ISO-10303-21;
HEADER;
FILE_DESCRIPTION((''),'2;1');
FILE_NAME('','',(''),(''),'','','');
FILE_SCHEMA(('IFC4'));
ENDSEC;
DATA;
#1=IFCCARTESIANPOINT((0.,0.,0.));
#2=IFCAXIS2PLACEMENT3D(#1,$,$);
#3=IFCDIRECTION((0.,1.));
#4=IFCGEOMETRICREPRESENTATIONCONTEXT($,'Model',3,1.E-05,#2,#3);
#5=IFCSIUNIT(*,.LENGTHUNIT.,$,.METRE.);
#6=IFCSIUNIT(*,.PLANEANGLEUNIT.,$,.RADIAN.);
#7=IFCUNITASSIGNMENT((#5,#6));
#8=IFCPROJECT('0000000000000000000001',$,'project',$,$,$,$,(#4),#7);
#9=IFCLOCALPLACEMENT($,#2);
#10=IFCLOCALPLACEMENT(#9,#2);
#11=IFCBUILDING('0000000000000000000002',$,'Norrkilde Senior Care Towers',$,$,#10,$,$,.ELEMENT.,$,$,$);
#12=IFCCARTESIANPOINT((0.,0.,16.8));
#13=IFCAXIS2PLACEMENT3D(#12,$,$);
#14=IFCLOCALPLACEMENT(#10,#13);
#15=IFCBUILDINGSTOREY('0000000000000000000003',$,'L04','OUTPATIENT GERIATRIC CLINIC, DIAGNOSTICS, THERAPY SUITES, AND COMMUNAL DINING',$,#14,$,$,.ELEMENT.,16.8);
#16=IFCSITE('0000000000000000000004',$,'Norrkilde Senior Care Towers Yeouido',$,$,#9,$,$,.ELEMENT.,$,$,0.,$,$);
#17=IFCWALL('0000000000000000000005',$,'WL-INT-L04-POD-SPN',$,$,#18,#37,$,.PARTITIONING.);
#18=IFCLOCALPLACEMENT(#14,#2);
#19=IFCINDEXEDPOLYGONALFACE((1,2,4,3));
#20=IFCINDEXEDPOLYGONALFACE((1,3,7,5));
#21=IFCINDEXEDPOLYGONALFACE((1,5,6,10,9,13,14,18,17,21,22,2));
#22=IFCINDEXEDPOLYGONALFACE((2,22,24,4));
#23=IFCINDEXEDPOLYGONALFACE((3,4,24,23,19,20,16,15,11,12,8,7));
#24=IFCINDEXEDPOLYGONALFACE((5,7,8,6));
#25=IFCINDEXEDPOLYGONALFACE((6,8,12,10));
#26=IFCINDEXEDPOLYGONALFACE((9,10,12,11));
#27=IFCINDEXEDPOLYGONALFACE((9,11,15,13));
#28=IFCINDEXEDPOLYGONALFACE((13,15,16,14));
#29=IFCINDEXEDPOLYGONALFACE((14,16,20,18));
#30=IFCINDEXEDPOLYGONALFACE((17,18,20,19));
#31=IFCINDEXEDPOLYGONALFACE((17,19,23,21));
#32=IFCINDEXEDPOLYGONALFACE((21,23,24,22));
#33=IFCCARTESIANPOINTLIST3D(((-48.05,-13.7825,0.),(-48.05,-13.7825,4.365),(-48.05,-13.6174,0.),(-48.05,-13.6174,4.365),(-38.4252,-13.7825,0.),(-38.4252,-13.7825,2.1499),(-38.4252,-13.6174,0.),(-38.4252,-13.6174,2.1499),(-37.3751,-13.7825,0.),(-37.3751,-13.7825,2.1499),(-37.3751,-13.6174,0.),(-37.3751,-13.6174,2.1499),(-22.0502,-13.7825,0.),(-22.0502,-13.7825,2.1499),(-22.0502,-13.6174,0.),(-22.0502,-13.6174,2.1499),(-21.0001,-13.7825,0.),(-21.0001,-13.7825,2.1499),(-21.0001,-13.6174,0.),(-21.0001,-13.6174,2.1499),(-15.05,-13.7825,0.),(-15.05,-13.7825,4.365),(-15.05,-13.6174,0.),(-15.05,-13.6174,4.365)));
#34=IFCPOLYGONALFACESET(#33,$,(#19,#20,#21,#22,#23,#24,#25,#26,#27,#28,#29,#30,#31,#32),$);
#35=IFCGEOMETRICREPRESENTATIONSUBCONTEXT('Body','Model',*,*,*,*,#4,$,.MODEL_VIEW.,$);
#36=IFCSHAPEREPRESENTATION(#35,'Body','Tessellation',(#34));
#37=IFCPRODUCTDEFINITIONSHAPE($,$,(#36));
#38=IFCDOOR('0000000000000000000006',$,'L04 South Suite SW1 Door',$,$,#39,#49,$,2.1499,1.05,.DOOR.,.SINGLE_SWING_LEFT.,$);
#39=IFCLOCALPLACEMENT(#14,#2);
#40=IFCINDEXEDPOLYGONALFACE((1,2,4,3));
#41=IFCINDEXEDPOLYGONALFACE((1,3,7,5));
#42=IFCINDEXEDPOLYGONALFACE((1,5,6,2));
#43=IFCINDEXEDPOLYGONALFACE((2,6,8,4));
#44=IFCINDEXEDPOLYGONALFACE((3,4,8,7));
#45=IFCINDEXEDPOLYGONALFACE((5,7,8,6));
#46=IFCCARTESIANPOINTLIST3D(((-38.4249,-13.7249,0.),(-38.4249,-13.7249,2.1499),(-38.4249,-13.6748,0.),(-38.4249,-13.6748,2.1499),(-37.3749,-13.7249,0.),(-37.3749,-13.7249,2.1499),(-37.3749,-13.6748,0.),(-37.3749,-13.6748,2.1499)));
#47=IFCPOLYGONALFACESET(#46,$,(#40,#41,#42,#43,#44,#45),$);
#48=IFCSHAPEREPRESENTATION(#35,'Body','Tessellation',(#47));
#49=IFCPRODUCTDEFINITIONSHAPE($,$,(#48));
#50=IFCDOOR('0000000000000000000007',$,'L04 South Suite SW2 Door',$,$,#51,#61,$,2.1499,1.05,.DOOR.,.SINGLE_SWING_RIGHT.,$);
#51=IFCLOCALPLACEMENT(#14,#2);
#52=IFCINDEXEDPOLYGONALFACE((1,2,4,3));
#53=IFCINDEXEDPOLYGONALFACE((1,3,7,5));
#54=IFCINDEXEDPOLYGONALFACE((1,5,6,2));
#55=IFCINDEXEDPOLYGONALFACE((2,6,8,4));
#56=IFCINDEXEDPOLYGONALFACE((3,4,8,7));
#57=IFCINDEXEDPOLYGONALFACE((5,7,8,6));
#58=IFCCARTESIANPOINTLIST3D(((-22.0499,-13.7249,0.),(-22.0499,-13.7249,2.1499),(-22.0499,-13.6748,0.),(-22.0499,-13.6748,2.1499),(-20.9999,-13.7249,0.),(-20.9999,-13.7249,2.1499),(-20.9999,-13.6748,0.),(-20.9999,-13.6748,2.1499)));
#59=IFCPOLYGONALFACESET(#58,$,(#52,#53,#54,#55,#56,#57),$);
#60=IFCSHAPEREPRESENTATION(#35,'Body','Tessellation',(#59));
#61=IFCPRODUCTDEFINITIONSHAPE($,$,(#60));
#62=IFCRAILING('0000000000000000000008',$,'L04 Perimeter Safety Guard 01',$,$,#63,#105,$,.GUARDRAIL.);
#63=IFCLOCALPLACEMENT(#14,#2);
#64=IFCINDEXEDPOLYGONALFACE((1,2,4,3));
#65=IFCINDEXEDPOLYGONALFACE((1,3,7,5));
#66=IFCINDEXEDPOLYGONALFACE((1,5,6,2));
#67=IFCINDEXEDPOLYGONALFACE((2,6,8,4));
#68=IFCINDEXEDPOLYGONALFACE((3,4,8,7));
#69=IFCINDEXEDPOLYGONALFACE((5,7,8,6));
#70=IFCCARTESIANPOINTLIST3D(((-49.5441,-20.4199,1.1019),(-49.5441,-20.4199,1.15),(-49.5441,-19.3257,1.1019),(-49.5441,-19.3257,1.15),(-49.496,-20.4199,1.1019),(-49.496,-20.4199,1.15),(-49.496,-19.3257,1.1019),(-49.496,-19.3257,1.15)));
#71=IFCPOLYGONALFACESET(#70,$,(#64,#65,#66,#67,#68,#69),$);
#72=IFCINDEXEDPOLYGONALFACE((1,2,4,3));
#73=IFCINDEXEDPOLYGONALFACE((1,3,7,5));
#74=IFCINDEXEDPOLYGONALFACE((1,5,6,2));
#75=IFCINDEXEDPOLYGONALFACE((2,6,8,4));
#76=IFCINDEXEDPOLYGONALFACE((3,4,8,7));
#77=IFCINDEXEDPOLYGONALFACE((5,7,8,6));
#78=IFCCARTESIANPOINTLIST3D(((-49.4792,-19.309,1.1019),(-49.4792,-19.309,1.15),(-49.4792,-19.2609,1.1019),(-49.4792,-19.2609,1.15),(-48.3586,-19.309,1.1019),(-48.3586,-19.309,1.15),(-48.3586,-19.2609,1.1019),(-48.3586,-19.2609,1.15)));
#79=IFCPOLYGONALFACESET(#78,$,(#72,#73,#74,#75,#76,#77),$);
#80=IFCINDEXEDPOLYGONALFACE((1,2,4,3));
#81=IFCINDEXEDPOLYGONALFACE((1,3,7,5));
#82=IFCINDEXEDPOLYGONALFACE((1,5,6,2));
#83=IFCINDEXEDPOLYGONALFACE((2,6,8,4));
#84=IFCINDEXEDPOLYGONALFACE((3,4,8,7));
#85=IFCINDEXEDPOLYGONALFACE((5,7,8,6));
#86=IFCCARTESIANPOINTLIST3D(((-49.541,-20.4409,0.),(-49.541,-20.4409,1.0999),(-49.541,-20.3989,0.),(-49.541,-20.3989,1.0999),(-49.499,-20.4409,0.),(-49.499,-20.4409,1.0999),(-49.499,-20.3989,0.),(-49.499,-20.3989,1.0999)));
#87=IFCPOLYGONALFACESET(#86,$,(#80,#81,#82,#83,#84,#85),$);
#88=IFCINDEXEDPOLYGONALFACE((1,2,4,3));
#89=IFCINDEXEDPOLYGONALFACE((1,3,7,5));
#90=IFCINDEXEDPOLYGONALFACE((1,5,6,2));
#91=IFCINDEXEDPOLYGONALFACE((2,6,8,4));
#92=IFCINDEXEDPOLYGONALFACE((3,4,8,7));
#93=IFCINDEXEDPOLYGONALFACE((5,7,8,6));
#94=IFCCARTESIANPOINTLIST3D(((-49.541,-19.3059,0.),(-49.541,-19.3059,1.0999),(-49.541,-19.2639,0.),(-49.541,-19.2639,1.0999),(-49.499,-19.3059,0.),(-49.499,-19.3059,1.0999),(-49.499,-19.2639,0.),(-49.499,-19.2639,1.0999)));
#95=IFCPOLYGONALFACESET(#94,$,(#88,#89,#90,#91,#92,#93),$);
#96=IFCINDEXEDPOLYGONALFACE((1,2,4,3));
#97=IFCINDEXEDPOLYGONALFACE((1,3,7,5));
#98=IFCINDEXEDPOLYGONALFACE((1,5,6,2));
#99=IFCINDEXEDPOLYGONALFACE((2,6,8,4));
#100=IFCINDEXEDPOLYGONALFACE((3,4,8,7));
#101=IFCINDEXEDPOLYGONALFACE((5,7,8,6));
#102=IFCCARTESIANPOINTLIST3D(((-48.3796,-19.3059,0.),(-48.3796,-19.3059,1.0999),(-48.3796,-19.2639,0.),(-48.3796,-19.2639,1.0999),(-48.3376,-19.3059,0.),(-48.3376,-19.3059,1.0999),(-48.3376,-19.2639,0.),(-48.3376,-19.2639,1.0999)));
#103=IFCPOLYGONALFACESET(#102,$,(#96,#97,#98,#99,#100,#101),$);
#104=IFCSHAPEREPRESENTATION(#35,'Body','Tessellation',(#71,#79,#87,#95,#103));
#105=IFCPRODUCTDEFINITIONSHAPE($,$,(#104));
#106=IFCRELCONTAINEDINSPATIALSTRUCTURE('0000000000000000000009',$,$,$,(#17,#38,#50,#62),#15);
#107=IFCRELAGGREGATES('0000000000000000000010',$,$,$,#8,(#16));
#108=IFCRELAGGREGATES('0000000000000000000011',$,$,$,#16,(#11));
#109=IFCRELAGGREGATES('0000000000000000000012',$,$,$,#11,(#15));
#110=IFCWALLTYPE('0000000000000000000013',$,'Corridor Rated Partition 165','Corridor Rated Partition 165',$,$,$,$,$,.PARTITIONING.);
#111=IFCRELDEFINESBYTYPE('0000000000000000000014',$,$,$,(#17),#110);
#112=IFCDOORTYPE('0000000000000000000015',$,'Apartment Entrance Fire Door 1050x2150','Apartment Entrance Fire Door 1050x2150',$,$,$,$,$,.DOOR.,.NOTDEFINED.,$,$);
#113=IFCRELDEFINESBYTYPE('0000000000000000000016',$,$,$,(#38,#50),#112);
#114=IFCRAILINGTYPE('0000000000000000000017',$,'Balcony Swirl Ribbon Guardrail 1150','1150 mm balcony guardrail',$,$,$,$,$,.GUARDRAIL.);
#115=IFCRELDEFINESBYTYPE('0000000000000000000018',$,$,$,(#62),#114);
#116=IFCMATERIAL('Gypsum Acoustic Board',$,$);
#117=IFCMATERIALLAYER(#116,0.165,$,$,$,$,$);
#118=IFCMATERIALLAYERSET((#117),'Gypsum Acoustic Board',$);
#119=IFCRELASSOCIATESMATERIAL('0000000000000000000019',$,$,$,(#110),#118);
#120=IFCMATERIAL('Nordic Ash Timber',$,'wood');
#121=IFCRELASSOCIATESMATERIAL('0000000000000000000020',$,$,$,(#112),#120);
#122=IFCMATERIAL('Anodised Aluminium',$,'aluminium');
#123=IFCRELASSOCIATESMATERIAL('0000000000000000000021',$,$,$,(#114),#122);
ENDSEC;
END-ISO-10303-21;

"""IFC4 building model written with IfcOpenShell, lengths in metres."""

from ifc_helpers import new_model, si_unit, direction, frame, frame_2d, origin, origin_2d, place, context, subcontext, project, spatial, rectangle, extrude, source, transform, mapped, material, layer, layer_set, type_object, type_shapes, element, fill, save


model = new_model("IFC4")

# Units and contexts
model_context = context("Model", 3, precision=1e-05, world=origin(), true_north=direction((0.0, 1.0)))
body_context = subcontext(model_context, "Body", "Model", "MODEL_VIEW")
ifc_project = project(units=[si_unit("LENGTHUNIT", "METRE"), si_unit("PLANEANGLEUNIT", "RADIAN")], contexts=[model_context])

# Site, building, storey
site_placement = place(None, origin())
site = spatial("IfcSite", under=ifc_project, at=site_placement, Name="Norrkilde Senior Care Towers Yeouido", CompositionType="ELEMENT", RefElevation=0.0)
building_placement = place(site_placement, origin())
building = spatial("IfcBuilding", under=site, at=building_placement, Name="Norrkilde Senior Care Towers", CompositionType="ELEMENT")
storey_placement = place(building_placement, frame((0.0, 0.0, 16.8)))
storey = spatial("IfcBuildingStorey", under=building, at=storey_placement, Name="L04", Description="OUTPATIENT GERIATRIC CLINIC, DIAGNOSTICS, THERAPY SUITES, AND COMMUNAL DINING", CompositionType="ELEMENT", Elevation=16.8)

# Wall, openings, doors
ifc_material_1 = material(Name="Gypsum Acoustic Board")
ifc_layer_1 = layer(ifc_material_1, 0.165)
ifc_layer_set_1 = layer_set([ifc_layer_1], Name="Gypsum Acoustic Board")
wall_type_1 = type_object("IfcWallType", Name="Corridor Rated Partition 165", Description="Corridor Rated Partition 165", PredefinedType="PARTITIONING", material=ifc_layer_set_1)
ifc_material_2 = material(Name="Nordic Ash Timber", Category="wood")
shared_shape_1 = source(origin(), body_context, "Body", "SweptSolid", [
    extrude(rectangle(XDim=33.0, YDim=0.165, at=frame_2d((16.5, 0.0))), origin(), (0.0, 0.0, 1.0), 4.365),
])
wall_1_placement = place(storey_placement, frame((-48.05, -13.7, 0.0), z_axis=(0.0, 0.0, 1.0), x_axis=(1.0, 0.0, 0.0)))
wall_1 = element("IfcWall", 1, at=wall_1_placement, inside=storey, type_object=wall_type_1, Name="WL-INT-L04-POD-SPN", PredefinedType="PARTITIONING", context=body_context, shape_type="MappedRepresentation", body=[
    mapped(shared_shape_1, transform((0.0, 0.0, 0.0), x_axis=(1.0, 0.0, 0.0), y_axis=(0.0, 1.0, 0.0), z_axis=(0.0, 0.0, 1.0), scale=1.0)),
])
opening_1_placement = place(wall_1_placement, frame((9.625, 0.0, 0.0)))
opening_1 = element("IfcOpeningElement", 2, at=opening_1_placement, cuts=wall_1, PredefinedType="OPENING", context=body_context, shape_type="SweptSolid", body=[
    extrude(rectangle(XDim=1.05, YDim=2.1499, at=frame_2d((0.5249, 1.075))), frame((0.0, 0.0925, 0.0), z_axis=(0.0, -1.0, 0.0), x_axis=(1.0, 0.0, 0.0)), (0.0, 0.0, 1.0), 0.1851),
])
opening_2_placement = place(wall_1_placement, frame((26.0, 0.0, 0.0)))
opening_2 = element("IfcOpeningElement", 3, at=opening_2_placement, cuts=wall_1, PredefinedType="OPENING", context=body_context, shape_type="SweptSolid", body=[
    extrude(rectangle(XDim=1.05, YDim=2.1499, at=frame_2d((0.5249, 1.075))), frame((0.0, 0.0925, 0.0), z_axis=(0.0, -1.0, 0.0), x_axis=(1.0, 0.0, 0.0)), (0.0, 0.0, 1.0), 0.1851),
])
door_type_1 = type_object("IfcDoorType", Name="Apartment Entrance Fire Door 1050x2150", Description="Apartment Entrance Fire Door 1050x2150", OperationType="NOTDEFINED", PredefinedType="DOOR", material=ifc_material_2)
shared_shape_2 = source(origin(), body_context, "Body", "SweptSolid", [
    extrude(rectangle(XDim=1.05, YDim=2.1499, at=frame_2d((0.5249, 1.075))), frame((0.0, 0.0249, 0.0), z_axis=(0.0, -1.0, 0.0), x_axis=(1.0, 0.0, 0.0)), (0.0, 0.0, 1.0), 0.05),
])
type_shapes(door_type_1, [shared_shape_2])
door_1_placement = place(opening_1_placement, frame((1.05, 0.0, 0.0), z_axis=(0.0, 0.0, 1.0), x_axis=(-1.0, 0.0, 0.0)))
door_1 = element("IfcDoor", 4, at=door_1_placement, inside=storey, type_object=door_type_1, Name="L04 South Suite SW1 Door", OperationType="SINGLE_SWING_LEFT", OverallHeight=2.1499, OverallWidth=1.05, PredefinedType="DOOR", context=body_context, shape_type="MappedRepresentation", body=[
    mapped(shared_shape_2, transform((0.0, 0.0, 0.0), x_axis=(1.0, 0.0, 0.0), y_axis=(0.0, 1.0, 0.0), z_axis=(0.0, 0.0, 1.0), scale=1.0)),
])
fill(opening_1, door_1)
door_2_placement = place(opening_2_placement, frame((1.05, 0.0, 0.0), z_axis=(0.0, 0.0, 1.0), x_axis=(-1.0, 0.0, 0.0)))
door_2 = element("IfcDoor", 5, at=door_2_placement, inside=storey, type_object=door_type_1, Name="L04 South Suite SW2 Door", OperationType="SINGLE_SWING_RIGHT", OverallHeight=2.1499, OverallWidth=1.05, PredefinedType="DOOR", context=body_context, shape_type="MappedRepresentation", body=[
    mapped(shared_shape_2, transform((0.0, 0.0, 0.0), x_axis=(1.0, 0.0, 0.0), y_axis=(0.0, 1.0, 0.0), z_axis=(0.0, 0.0, 1.0), scale=1.0)),
])
fill(opening_2, door_2)

# Railing
ifc_material_3 = material(Name="Anodised Aluminium", Category="aluminium")
railing_type = type_object("IfcRailingType", Name="Balcony Swirl Ribbon Guardrail 1150", Description="1150 mm balcony guardrail", PredefinedType="GUARDRAIL", material=ifc_material_3)
railing_placement = place(storey_placement, frame((-49.52, -20.4199, 0.0)))
element("IfcRailing", 6, at=railing_placement, inside=storey, type_object=railing_type, Name="L04 Perimeter Safety Guard 01", PredefinedType="GUARDRAIL", context=body_context, shape_type="SweptSolid", body=[
    extrude(rectangle(XDim=0.0481, YDim=0.0481, at=origin_2d()), frame((0.0, 0.0, 1.126), z_axis=(0.0, 1.0, 0.0), x_axis=(-1.0, 0.0, 0.0)), (0.0, 0.0, 1.0), 1.0942),
    extrude(rectangle(XDim=0.0481, YDim=0.0481, at=origin_2d()), frame((0.0408, 1.135, 1.126), z_axis=(1.0, 0.0, 0.0), x_axis=(0.0, 1.0, 0.0)), (0.0, 0.0, 1.0), 1.1206),
    extrude(rectangle(XDim=0.042, YDim=0.042, at=origin_2d()), origin(), (0.0, 0.0, 1.0), 1.0999),
    extrude(rectangle(XDim=0.042, YDim=0.042, at=origin_2d()), frame((0.0, 1.135, 0.0)), (0.0, 0.0, 1.0), 1.0999),
    extrude(rectangle(XDim=0.042, YDim=0.042, at=origin_2d()), frame((1.1614, 1.135, 0.0)), (0.0, 0.0, 1.0), 1.0999),
])

save(model, "model.ifc")
